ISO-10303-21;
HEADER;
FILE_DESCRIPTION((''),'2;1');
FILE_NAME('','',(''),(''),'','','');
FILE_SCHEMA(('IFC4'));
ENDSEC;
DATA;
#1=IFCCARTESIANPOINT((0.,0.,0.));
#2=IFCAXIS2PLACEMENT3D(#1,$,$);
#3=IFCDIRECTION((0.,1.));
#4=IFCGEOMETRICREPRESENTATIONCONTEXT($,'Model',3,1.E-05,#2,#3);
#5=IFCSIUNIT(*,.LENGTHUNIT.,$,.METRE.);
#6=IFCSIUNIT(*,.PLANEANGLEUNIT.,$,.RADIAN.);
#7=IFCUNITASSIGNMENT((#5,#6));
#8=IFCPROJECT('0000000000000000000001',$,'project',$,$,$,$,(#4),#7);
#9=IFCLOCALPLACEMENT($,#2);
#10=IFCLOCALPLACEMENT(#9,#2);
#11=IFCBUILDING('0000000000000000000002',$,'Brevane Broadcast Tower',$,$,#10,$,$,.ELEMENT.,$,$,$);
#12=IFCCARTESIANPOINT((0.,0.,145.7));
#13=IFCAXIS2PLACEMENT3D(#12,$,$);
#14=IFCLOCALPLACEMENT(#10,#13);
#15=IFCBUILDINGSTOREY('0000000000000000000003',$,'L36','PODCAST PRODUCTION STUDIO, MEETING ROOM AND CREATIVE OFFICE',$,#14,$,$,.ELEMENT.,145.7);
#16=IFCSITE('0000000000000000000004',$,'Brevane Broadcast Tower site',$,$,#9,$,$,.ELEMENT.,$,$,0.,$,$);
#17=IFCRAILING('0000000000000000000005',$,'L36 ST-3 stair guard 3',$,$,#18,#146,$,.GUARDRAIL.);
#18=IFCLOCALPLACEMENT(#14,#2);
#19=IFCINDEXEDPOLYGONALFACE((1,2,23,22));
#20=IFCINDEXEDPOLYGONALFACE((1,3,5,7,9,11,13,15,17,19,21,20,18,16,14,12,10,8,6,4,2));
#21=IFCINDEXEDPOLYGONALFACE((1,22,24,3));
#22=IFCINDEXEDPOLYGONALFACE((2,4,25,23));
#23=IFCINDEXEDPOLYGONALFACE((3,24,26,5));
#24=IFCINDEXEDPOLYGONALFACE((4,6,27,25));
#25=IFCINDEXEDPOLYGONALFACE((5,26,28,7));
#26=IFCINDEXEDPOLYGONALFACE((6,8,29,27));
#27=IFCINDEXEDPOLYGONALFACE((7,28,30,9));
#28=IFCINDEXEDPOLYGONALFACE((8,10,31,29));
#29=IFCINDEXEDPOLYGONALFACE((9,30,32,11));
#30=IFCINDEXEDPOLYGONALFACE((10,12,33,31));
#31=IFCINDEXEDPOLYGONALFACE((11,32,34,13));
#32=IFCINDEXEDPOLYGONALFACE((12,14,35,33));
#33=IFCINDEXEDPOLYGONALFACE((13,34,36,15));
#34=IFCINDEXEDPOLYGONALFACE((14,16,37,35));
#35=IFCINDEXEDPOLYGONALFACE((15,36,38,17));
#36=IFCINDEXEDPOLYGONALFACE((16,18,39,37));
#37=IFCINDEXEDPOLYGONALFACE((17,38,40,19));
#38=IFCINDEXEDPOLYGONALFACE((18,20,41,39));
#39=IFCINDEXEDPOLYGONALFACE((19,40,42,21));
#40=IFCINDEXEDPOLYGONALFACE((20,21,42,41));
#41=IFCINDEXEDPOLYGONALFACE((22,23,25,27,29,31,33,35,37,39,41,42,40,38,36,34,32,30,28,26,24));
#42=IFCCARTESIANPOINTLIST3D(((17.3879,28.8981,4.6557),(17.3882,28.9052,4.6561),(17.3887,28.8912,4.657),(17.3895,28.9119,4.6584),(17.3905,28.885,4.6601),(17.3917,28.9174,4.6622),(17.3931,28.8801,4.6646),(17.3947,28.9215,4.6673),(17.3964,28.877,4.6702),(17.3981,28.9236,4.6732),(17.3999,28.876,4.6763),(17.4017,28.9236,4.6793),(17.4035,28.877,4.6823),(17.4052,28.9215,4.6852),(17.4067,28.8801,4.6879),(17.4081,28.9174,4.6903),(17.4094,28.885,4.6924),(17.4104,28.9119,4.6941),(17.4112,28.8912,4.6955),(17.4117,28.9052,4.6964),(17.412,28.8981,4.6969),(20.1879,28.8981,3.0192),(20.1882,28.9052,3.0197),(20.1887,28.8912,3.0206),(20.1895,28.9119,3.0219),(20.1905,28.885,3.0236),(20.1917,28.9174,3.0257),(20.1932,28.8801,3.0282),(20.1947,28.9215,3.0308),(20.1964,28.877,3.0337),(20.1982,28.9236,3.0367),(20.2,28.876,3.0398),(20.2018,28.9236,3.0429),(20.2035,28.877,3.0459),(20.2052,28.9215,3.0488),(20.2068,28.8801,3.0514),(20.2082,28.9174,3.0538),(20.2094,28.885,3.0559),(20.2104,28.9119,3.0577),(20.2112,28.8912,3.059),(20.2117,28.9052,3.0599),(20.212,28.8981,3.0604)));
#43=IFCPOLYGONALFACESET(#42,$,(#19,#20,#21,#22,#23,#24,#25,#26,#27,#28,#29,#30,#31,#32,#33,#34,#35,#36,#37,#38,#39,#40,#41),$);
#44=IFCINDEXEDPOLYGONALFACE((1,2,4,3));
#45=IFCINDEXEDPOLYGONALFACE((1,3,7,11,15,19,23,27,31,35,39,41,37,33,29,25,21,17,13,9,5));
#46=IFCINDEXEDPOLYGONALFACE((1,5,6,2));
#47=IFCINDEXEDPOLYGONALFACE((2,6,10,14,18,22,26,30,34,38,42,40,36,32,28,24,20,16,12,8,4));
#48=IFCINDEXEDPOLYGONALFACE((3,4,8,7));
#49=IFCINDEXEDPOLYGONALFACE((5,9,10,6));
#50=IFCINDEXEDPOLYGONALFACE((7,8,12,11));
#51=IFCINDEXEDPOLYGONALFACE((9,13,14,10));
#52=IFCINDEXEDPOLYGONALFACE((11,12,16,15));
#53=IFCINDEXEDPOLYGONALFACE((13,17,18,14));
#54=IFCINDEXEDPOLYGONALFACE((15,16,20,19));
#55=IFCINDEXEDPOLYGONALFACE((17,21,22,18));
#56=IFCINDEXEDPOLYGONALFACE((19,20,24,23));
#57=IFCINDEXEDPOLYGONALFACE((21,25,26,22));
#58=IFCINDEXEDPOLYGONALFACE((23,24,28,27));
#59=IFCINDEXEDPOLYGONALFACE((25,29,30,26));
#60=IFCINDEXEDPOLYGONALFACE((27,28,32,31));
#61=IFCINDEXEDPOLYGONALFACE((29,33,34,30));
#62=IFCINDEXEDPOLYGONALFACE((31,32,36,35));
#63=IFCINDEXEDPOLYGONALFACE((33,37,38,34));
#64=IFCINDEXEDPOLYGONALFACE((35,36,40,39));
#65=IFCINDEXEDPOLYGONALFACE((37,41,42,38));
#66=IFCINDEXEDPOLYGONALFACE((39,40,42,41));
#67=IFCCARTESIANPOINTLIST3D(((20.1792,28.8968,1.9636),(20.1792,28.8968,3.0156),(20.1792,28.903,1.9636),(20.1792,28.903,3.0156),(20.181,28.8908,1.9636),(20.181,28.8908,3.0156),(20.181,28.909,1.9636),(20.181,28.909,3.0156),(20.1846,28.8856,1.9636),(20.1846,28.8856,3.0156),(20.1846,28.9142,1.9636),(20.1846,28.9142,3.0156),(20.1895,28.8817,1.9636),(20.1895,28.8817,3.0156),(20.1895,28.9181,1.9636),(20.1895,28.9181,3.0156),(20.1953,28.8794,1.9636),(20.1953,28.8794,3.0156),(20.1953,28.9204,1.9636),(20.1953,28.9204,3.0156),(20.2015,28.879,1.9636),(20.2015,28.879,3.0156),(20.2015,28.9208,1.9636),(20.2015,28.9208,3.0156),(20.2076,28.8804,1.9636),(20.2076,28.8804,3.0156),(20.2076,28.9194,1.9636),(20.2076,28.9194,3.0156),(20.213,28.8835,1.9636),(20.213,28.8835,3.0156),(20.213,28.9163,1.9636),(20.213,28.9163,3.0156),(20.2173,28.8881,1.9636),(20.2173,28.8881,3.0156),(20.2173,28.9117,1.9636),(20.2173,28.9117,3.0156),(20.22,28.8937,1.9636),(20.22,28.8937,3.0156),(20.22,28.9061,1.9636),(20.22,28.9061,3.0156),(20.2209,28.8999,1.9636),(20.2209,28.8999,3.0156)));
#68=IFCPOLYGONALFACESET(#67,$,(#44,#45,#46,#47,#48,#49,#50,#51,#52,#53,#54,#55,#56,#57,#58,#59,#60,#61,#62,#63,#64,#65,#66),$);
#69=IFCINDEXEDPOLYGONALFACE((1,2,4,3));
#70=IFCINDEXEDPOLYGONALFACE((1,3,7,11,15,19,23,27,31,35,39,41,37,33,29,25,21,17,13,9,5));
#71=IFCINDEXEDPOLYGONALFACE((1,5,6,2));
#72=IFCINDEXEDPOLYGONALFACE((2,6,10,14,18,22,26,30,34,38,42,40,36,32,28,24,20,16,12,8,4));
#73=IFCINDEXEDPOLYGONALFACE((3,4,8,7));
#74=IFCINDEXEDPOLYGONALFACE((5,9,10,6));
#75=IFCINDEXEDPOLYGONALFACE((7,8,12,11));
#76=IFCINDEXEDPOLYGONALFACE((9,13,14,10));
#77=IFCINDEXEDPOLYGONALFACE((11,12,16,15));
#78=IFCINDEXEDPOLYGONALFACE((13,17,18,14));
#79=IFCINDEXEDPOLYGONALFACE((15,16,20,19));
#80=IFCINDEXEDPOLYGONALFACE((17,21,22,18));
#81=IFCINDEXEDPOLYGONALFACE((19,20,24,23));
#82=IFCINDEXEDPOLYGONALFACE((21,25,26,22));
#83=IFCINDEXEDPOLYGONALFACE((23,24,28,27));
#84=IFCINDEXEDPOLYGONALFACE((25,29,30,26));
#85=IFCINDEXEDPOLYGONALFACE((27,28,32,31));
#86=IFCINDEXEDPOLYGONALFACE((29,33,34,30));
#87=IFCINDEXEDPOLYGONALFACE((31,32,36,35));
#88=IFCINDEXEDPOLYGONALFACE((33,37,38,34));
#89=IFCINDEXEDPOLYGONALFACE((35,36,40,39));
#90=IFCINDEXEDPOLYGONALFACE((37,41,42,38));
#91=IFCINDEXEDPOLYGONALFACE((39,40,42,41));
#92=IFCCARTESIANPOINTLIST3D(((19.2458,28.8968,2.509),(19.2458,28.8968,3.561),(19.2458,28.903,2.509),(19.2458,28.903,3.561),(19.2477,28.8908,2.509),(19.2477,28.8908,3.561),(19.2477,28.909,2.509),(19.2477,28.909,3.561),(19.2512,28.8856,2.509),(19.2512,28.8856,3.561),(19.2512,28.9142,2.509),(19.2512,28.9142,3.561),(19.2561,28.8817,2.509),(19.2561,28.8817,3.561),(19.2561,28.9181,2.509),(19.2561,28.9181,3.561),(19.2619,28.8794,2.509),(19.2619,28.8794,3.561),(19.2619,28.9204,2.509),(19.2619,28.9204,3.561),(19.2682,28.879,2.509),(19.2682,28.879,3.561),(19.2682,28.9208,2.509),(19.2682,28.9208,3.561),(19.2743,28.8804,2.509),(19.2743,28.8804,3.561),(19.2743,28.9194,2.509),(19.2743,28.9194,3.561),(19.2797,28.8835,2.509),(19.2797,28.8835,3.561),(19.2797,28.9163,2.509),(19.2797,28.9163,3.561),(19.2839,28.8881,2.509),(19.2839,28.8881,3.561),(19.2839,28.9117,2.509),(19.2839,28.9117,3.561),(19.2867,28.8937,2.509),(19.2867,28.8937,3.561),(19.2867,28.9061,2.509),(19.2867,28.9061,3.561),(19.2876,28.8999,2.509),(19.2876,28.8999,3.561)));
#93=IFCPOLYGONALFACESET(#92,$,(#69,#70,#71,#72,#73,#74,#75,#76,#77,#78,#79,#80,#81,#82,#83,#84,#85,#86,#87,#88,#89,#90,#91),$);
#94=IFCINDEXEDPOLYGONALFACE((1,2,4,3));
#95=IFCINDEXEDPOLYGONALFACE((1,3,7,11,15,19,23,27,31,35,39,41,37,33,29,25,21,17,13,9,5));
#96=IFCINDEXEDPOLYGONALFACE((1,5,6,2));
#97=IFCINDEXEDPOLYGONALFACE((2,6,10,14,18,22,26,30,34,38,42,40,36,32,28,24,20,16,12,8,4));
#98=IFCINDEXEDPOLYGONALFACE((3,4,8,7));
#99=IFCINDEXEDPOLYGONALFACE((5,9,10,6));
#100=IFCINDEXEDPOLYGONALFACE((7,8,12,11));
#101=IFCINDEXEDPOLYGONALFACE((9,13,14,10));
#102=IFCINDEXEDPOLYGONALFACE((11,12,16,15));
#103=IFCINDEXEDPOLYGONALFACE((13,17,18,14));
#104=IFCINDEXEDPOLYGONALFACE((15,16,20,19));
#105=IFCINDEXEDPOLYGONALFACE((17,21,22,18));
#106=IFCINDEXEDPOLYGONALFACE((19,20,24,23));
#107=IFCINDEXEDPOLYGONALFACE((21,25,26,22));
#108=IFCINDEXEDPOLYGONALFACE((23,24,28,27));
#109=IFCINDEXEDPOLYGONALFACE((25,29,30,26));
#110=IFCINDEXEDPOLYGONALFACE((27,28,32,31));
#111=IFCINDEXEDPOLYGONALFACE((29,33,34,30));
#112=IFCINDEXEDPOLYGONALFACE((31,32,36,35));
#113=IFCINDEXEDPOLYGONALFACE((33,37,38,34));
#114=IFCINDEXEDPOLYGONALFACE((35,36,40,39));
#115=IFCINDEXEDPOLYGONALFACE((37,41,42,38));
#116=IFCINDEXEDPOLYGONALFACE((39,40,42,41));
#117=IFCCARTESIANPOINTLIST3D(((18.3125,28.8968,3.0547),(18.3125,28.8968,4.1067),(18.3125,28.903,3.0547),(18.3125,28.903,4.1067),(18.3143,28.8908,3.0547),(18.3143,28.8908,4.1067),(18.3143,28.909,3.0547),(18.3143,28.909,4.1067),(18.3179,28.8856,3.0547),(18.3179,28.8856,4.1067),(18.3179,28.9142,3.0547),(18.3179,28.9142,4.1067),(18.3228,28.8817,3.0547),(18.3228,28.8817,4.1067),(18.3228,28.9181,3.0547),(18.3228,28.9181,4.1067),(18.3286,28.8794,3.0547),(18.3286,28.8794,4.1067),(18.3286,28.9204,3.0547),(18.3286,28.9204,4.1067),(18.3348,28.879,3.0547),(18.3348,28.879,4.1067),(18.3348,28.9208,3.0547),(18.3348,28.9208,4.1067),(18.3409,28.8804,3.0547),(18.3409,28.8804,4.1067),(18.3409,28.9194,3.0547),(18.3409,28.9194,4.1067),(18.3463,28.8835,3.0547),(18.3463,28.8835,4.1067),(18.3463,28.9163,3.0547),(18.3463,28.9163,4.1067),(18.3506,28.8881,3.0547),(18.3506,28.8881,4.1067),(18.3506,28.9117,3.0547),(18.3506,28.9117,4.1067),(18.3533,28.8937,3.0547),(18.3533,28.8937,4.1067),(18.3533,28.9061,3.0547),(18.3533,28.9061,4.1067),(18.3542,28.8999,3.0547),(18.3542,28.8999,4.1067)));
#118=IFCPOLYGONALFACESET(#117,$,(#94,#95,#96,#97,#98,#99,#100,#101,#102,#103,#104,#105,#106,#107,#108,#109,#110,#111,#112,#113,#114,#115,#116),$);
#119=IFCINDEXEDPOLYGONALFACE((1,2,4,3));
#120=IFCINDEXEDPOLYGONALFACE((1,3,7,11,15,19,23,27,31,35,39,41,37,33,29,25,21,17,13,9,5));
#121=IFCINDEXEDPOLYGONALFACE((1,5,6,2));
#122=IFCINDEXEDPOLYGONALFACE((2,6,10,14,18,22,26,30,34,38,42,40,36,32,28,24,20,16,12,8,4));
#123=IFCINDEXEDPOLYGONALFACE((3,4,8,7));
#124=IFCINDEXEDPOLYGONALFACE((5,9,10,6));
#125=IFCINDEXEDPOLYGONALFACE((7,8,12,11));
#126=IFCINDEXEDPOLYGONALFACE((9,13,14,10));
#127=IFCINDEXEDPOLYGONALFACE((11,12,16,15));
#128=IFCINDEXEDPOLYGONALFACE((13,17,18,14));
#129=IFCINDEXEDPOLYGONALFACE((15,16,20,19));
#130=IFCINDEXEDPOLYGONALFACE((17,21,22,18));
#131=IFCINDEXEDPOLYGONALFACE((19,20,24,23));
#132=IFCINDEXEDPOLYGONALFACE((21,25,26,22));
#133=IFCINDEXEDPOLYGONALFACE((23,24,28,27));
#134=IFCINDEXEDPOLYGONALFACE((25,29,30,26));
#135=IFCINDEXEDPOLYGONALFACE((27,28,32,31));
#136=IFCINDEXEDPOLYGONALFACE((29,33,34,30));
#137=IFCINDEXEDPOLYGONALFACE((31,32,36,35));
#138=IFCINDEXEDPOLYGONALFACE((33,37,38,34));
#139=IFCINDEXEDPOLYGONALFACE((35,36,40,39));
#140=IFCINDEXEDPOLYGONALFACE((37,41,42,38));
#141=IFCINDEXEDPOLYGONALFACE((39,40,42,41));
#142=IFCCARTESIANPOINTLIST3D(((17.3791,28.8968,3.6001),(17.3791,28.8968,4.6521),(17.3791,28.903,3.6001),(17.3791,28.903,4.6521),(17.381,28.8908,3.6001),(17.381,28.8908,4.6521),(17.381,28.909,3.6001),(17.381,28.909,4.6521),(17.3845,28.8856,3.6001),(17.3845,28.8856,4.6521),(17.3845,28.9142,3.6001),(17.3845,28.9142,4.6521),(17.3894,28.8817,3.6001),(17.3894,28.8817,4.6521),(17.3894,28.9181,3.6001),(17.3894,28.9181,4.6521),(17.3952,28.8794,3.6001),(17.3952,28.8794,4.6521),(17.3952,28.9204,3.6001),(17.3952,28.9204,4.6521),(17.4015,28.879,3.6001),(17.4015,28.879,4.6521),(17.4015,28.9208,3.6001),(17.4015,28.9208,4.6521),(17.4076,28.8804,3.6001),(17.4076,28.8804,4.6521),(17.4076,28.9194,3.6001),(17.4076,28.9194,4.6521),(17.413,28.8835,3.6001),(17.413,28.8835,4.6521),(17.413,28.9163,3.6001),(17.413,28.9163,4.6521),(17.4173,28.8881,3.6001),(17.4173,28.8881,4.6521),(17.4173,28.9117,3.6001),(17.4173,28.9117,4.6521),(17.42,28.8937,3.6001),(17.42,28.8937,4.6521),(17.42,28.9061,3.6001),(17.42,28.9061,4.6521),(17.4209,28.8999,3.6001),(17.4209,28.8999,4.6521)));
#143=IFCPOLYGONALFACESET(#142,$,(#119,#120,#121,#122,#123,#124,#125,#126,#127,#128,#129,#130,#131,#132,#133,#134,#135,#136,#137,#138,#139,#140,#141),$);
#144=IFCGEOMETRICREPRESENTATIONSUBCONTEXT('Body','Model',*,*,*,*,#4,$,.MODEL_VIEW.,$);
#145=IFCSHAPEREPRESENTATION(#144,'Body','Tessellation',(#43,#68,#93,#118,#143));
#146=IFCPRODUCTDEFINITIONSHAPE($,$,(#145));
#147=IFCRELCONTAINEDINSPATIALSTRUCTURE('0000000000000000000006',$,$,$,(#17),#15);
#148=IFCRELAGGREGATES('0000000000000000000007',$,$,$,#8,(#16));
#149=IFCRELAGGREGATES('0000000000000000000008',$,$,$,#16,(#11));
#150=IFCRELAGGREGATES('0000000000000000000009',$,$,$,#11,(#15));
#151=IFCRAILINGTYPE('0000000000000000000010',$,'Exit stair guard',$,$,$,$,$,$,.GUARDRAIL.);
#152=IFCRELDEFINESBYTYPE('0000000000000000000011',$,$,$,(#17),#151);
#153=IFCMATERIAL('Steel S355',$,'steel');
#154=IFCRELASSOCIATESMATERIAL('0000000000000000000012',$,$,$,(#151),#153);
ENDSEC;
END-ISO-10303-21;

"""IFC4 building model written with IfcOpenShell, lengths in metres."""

from ifc_helpers import new_model, si_unit, direction, frame, origin, origin_2d, place, context, subcontext, project, spatial, circle, extrude, material, type_object, element, save


model = new_model("IFC4")

# Units and contexts
model_context = context("Model", 3, precision=1e-05, world=origin(), true_north=direction((0.0, 1.0)))
body_context = subcontext(model_context, "Body", "Model", "MODEL_VIEW")
ifc_project = project(units=[si_unit("LENGTHUNIT", "METRE"), si_unit("PLANEANGLEUNIT", "RADIAN")], contexts=[model_context])

# Site, building, storey
site_placement = place(None, origin())
site = spatial("IfcSite", under=ifc_project, at=site_placement, Name="Brevane Broadcast Tower site", CompositionType="ELEMENT", RefElevation=0.0)
building_placement = place(site_placement, origin())
building = spatial("IfcBuilding", under=site, at=building_placement, Name="Brevane Broadcast Tower", CompositionType="ELEMENT")
storey_placement = place(building_placement, frame((0.0, 0.0, 145.7)))
storey = spatial("IfcBuildingStorey", under=building, at=storey_placement, Name="L36", Description="PODCAST PRODUCTION STUDIO, MEETING ROOM AND CREATIVE OFFICE", CompositionType="ELEMENT", Elevation=145.7)

# Railing
ifc_material_1 = material(Name="Steel S355", Category="steel")
railing_type_1 = type_object("IfcRailingType", Name="Exit stair guard", PredefinedType="GUARDRAIL", material=ifc_material_1)
railing_1_placement = place(storey_placement, frame((20.2, 28.8999, 1.9636)))
element("IfcRailing", 1, at=railing_1_placement, inside=storey, type_object=railing_type_1, Name="L36 ST-3 stair guard 3", PredefinedType="GUARDRAIL", context=body_context, shape_type="SweptSolid", body=[
    extrude(circle(Radius=0.0239, at=origin_2d()), frame((0.0, 0.0, 1.0762), z_axis=(-0.863361, 0.0, 0.504587), x_axis=(0.0, -1.0, 0.0)), (0.0, 0.0, 1.0), 3.2432),
    extrude(circle(Radius=0.021, at=origin_2d()), origin(), (0.0, 0.0, 1.0), 1.052),
    extrude(circle(Radius=0.021, at=origin_2d()), frame((-0.9333, 0.0, 0.5454)), (0.0, 0.0, 1.0), 1.052),
    extrude(circle(Radius=0.021, at=origin_2d()), frame((-1.8667, 0.0, 1.0911)), (0.0, 0.0, 1.0), 1.052),
    extrude(circle(Radius=0.021, at=origin_2d()), frame((-2.8, 0.0, 1.6365)), (0.0, 0.0, 1.0), 1.052),
])

save(model, "model.ifc")
